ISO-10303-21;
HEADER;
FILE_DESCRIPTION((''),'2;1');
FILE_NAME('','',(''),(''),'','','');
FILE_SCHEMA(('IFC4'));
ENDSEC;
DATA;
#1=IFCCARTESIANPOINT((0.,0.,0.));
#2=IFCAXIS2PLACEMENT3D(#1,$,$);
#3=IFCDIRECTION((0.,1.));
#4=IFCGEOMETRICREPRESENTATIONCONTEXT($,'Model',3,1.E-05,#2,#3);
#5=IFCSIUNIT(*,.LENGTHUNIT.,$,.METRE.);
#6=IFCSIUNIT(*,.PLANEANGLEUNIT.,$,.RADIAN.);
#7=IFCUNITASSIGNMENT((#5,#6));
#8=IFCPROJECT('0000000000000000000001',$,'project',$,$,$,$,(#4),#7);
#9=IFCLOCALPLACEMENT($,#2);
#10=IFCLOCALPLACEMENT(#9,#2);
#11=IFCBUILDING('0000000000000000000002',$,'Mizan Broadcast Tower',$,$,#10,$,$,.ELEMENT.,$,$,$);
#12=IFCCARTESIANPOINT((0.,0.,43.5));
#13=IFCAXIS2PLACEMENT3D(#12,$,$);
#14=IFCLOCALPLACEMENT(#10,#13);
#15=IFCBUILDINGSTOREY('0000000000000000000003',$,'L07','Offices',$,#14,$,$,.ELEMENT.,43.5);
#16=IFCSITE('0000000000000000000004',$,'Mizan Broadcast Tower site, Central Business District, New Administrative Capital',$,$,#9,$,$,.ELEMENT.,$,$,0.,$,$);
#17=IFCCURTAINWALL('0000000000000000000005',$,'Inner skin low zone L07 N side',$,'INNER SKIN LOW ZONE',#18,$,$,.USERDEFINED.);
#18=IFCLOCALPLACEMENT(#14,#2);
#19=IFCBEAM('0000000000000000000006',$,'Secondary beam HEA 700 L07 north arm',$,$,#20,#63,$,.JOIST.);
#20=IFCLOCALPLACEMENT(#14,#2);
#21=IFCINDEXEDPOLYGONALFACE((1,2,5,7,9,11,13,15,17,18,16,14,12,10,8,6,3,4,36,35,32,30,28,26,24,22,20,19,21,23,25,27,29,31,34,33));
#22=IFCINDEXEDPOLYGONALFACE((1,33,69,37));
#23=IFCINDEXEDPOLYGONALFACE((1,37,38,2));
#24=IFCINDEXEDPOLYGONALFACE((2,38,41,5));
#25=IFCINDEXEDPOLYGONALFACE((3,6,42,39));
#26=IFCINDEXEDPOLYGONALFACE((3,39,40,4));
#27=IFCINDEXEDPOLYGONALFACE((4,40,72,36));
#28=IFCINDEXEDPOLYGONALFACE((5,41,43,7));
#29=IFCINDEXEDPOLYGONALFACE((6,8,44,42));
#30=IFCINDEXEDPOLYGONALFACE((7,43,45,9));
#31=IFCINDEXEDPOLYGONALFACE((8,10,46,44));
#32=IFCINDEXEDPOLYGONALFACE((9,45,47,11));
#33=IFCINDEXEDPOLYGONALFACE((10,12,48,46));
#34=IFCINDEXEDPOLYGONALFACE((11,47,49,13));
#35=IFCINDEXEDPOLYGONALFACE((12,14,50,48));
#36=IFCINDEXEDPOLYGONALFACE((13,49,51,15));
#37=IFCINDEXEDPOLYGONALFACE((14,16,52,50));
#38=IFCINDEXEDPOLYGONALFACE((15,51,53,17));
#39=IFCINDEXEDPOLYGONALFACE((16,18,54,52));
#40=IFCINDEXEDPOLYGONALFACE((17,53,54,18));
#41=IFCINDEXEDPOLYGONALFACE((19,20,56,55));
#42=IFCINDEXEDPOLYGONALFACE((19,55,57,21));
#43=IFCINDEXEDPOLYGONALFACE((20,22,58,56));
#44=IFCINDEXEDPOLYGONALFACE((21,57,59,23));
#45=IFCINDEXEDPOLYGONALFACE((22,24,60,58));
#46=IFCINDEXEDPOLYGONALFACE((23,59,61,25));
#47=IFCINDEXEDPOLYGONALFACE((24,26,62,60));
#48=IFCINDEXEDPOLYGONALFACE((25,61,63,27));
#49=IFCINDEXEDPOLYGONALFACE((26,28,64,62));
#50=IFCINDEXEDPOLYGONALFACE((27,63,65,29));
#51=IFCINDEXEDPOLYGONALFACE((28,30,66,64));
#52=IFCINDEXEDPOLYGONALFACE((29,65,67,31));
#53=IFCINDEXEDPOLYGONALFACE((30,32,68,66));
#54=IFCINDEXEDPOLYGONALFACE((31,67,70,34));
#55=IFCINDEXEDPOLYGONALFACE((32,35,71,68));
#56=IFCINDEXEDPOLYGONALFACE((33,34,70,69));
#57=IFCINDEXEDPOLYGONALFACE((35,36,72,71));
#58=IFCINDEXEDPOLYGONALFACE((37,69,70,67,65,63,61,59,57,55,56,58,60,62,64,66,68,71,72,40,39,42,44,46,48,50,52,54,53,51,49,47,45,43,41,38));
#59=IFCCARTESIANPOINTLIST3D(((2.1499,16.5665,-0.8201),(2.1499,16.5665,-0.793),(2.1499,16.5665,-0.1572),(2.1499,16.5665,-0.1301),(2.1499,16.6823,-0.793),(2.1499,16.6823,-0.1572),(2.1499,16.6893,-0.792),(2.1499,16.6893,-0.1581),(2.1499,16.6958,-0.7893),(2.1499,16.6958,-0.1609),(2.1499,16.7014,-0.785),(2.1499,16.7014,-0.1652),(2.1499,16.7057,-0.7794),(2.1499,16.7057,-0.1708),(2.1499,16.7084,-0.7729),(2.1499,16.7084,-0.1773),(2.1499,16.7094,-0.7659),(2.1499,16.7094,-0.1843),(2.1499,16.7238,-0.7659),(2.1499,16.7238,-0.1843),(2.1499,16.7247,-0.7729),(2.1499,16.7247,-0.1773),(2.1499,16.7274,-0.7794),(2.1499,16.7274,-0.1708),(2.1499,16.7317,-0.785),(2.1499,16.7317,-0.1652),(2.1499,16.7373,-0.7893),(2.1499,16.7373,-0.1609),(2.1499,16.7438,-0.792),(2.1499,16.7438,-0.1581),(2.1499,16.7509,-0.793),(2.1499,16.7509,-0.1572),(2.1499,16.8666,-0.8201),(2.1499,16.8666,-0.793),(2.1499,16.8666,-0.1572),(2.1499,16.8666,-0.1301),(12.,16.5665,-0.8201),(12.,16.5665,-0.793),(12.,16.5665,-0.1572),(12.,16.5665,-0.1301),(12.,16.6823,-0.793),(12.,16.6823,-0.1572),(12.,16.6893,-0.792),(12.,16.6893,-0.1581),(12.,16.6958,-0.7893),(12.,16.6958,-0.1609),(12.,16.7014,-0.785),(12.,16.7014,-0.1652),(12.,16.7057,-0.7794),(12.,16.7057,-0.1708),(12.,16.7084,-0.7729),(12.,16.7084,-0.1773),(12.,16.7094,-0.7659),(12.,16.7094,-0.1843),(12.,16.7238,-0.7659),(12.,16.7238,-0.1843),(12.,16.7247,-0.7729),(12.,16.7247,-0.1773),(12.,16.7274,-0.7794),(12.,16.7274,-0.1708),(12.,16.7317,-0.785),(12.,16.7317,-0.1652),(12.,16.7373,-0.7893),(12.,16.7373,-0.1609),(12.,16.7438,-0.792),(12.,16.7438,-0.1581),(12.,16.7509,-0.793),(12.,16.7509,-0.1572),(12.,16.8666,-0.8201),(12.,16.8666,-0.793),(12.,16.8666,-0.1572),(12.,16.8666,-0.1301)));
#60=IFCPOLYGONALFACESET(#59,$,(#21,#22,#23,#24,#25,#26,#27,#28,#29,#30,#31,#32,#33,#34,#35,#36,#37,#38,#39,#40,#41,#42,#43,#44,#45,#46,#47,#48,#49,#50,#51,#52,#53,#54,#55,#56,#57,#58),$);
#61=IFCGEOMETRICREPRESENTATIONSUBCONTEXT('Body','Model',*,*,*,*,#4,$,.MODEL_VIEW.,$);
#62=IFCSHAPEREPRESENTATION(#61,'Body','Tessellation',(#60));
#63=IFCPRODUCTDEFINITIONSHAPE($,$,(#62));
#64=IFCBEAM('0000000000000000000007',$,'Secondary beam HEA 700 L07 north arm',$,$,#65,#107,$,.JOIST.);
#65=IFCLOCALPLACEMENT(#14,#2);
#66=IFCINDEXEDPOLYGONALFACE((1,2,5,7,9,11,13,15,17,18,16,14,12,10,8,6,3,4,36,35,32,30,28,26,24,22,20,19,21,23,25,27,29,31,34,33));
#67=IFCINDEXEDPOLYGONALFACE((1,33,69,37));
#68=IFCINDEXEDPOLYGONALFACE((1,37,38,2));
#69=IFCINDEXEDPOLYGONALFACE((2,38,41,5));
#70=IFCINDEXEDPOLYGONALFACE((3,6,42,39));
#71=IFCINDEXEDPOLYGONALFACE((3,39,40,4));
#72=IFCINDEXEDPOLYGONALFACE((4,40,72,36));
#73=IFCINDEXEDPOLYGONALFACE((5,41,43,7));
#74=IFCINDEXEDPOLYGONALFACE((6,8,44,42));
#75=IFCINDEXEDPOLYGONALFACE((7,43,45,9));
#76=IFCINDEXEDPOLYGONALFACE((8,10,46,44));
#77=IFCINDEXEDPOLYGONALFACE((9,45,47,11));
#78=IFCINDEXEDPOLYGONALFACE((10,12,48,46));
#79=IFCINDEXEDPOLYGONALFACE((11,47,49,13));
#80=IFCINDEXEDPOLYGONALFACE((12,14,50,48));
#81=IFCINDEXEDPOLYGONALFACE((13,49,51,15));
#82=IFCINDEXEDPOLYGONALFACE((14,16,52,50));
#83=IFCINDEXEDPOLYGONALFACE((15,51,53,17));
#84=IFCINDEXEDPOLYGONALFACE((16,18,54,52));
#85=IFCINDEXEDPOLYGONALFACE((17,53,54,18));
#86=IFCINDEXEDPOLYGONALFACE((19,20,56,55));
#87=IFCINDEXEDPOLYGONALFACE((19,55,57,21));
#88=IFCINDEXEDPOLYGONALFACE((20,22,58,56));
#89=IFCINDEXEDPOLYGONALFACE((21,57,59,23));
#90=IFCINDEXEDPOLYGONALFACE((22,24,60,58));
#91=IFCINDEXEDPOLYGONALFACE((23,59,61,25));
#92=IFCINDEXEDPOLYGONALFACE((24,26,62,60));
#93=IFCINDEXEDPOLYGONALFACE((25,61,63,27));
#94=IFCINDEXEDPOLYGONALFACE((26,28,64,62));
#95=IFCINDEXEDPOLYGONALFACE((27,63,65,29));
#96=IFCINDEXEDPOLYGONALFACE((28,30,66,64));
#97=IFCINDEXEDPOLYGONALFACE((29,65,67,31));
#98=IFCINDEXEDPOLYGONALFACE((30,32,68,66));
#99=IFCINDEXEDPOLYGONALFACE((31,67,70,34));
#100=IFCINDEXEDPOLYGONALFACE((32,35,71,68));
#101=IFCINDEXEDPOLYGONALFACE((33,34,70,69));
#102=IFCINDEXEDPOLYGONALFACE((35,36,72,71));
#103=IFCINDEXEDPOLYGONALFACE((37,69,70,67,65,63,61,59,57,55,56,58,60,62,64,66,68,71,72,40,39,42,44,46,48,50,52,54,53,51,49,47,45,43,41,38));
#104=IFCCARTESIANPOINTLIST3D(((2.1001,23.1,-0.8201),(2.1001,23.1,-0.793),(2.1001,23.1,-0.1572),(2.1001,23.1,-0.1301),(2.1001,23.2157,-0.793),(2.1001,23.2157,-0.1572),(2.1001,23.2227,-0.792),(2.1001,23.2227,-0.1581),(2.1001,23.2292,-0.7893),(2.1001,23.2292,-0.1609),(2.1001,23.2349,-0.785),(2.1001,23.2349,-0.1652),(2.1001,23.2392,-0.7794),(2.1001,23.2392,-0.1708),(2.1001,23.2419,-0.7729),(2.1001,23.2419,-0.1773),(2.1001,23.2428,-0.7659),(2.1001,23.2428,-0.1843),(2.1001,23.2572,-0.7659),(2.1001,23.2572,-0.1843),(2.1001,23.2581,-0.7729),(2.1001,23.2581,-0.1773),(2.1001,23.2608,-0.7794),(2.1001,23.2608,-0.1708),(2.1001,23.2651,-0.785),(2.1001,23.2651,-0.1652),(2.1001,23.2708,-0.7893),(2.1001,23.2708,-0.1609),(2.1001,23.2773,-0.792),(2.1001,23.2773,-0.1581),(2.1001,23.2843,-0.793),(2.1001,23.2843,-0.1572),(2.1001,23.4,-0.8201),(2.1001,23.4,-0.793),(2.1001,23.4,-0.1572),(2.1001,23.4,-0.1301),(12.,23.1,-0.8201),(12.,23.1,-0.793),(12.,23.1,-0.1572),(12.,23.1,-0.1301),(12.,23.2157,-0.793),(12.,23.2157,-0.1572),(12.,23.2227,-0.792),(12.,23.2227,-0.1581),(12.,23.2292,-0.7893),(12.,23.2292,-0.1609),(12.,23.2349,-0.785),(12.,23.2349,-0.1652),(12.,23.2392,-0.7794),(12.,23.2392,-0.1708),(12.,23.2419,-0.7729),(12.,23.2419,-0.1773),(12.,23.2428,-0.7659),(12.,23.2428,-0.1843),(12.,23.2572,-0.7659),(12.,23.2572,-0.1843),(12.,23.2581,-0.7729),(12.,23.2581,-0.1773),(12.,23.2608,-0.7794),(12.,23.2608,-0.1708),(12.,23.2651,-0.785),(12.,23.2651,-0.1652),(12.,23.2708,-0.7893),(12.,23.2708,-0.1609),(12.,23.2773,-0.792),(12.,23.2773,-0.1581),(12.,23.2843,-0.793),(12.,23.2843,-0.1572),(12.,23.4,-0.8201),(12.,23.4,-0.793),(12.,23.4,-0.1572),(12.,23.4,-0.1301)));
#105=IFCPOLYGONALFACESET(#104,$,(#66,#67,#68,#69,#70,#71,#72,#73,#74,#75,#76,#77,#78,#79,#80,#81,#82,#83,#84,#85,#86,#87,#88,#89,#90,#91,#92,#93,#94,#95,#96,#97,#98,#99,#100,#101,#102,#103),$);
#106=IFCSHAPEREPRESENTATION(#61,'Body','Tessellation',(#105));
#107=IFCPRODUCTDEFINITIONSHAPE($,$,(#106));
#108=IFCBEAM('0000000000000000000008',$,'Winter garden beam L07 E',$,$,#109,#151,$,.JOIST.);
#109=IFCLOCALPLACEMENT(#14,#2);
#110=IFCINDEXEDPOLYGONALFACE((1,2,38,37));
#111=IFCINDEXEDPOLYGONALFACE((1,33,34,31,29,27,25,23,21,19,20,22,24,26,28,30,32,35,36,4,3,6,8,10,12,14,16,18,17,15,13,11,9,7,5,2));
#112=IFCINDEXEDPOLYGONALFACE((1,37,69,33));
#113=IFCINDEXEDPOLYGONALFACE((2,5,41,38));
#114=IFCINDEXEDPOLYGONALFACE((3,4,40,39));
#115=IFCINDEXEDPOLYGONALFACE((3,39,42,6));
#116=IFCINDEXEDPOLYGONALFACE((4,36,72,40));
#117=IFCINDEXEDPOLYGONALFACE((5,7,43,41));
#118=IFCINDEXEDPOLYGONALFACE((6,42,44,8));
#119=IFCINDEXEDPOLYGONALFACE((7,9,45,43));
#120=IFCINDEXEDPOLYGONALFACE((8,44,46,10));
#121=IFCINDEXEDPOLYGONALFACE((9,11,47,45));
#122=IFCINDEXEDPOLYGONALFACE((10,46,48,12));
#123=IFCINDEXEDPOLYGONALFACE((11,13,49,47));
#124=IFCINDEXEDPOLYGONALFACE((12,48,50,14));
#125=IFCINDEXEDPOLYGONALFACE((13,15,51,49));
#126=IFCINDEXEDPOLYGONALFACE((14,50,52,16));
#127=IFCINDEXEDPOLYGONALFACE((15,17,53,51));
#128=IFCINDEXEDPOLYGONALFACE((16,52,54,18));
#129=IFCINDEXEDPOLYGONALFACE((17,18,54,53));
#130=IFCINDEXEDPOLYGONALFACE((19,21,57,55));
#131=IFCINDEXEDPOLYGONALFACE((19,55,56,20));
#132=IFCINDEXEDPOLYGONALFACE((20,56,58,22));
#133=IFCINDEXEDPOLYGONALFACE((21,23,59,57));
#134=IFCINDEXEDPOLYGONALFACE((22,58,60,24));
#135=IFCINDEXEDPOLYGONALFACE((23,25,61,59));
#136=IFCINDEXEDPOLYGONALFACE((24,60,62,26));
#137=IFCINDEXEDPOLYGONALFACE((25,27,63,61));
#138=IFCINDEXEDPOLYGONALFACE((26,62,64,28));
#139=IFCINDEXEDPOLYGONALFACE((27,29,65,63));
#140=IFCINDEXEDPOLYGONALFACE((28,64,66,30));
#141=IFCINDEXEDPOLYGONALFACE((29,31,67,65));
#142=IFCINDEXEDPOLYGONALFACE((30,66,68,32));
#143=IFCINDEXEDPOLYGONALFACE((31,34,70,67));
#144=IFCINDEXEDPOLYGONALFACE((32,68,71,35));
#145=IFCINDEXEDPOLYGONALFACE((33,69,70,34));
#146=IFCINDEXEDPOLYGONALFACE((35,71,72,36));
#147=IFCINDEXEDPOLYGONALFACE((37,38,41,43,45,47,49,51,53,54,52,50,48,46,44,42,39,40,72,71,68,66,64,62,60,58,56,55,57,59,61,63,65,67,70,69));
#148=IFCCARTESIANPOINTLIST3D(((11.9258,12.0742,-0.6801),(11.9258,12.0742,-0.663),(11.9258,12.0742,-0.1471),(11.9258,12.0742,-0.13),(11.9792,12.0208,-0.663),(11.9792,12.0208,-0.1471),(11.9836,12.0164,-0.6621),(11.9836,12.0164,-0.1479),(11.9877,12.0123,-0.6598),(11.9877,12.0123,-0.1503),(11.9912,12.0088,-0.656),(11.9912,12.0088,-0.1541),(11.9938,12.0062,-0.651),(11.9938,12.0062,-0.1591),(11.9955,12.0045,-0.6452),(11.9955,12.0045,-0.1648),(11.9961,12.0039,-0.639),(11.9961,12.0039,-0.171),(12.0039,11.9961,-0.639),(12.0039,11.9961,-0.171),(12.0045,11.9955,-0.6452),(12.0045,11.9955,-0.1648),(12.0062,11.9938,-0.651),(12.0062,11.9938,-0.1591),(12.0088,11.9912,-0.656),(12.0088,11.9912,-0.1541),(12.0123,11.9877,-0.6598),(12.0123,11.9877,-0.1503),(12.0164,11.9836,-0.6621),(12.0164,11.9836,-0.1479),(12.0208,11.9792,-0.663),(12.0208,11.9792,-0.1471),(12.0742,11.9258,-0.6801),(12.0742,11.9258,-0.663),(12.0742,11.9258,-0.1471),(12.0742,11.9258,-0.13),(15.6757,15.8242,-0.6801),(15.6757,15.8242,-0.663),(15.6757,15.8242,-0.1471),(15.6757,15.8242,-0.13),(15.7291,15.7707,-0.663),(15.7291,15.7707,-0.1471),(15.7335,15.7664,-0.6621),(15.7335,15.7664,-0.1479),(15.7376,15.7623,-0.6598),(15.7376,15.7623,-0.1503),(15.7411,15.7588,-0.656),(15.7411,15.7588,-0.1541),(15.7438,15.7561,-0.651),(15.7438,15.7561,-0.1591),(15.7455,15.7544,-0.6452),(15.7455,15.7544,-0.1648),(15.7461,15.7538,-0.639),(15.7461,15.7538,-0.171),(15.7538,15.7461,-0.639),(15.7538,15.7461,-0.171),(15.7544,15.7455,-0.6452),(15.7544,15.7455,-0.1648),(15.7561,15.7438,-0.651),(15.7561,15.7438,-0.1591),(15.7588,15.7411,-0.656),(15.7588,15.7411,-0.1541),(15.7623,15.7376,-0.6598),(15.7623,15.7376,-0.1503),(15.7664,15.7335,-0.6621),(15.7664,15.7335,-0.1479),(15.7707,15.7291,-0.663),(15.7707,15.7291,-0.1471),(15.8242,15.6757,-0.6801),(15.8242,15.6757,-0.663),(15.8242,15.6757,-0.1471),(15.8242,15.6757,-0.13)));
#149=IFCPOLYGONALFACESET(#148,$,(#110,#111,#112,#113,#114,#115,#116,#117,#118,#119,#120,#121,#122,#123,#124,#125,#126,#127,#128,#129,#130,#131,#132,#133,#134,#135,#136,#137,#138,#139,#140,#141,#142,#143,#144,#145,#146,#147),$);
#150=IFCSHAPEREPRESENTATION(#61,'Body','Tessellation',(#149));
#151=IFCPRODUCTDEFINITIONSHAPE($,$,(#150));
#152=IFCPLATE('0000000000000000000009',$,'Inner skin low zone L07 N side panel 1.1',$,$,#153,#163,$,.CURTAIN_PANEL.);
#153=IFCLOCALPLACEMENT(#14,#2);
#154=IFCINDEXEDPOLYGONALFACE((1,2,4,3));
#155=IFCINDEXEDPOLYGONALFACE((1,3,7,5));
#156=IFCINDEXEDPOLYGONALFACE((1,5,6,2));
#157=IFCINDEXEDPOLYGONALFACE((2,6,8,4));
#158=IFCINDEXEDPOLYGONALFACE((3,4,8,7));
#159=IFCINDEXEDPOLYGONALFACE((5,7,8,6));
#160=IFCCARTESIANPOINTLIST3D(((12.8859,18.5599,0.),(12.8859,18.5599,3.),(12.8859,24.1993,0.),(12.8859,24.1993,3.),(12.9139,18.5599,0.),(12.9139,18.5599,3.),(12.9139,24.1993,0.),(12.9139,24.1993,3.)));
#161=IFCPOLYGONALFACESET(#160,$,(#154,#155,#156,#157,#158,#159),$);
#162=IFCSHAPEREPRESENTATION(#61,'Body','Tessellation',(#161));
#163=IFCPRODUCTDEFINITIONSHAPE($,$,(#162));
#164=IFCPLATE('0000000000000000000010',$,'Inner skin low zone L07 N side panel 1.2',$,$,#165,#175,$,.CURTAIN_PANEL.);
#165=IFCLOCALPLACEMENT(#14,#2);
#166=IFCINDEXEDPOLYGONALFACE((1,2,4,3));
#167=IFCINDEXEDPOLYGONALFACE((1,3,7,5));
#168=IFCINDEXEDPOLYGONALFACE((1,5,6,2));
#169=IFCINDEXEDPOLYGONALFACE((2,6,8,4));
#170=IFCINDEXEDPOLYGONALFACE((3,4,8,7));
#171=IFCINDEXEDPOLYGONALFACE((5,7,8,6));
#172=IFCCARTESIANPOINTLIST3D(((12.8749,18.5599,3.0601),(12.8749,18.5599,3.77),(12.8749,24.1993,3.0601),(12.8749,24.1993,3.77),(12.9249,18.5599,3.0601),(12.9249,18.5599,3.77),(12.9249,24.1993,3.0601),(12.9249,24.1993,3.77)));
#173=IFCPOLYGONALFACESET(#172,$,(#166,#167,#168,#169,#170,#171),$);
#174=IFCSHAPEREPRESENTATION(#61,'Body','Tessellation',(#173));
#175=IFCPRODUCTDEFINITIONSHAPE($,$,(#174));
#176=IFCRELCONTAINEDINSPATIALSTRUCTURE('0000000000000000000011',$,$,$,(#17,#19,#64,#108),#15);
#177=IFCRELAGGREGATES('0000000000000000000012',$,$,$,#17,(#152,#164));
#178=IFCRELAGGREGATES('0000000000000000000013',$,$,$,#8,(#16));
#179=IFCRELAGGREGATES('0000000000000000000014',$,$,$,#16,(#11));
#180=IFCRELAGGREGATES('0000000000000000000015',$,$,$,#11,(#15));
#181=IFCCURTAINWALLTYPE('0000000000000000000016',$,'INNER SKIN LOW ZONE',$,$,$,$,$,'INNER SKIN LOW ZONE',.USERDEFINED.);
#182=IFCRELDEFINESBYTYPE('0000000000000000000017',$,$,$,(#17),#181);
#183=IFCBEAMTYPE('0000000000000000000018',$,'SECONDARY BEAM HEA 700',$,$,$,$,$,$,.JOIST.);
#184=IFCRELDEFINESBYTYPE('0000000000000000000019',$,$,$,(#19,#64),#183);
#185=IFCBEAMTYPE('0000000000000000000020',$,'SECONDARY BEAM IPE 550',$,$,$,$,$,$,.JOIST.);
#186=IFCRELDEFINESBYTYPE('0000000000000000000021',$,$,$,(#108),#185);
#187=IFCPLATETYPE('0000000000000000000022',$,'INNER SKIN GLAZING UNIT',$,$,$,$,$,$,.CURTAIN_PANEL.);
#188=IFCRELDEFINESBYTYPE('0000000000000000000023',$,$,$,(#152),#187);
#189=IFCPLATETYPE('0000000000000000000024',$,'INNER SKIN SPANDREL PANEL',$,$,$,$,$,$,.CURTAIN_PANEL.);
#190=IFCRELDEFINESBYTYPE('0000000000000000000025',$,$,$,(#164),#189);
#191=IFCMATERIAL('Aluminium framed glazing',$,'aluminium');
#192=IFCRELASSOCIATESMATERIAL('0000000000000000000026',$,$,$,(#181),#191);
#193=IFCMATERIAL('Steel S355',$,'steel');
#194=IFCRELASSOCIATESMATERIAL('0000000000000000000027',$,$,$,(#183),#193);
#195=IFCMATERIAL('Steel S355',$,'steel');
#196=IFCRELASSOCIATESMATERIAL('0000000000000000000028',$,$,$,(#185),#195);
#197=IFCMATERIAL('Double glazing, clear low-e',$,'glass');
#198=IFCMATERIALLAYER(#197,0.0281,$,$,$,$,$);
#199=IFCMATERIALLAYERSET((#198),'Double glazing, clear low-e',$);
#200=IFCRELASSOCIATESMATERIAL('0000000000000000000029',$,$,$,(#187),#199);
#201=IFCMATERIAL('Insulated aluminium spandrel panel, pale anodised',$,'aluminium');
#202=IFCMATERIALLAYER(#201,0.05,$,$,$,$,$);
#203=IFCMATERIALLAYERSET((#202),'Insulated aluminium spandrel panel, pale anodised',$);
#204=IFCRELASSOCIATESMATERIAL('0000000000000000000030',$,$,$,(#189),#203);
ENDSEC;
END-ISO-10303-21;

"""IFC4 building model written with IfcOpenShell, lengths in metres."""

from ifc_helpers import new_model, si_unit, direction, frame, origin, origin_2d, place, context, subcontext, project, spatial, rectangle, i_section, extrude, material, layer, layer_set, material_profile, profile_set, type_object, element, aggregate, save


model = new_model("IFC4")

# Units and contexts
model_context = context("Model", 3, precision=1e-05, world=origin(), true_north=direction((0.0, 1.0)))
body_context = subcontext(model_context, "Body", "Model", "MODEL_VIEW")
ifc_project = project(units=[si_unit("LENGTHUNIT", "METRE"), si_unit("PLANEANGLEUNIT", "RADIAN")], contexts=[model_context])

# Site, building, storey
site_placement = place(None, origin())
site = spatial("IfcSite", under=ifc_project, at=site_placement, Name="Mizan Broadcast Tower site, Central Business District, New Administrative Capital", CompositionType="ELEMENT", RefElevation=0.0)
building_placement = place(site_placement, origin())
building = spatial("IfcBuilding", under=site, at=building_placement, Name="Mizan Broadcast Tower", CompositionType="ELEMENT")
storey_placement = place(building_placement, frame((0.0, 0.0, 43.5)))
storey = spatial("IfcBuildingStorey", under=building, at=storey_placement, Name="L07", Description="Offices", CompositionType="ELEMENT", Elevation=43.5)

# Curtain wall
ifc_material_1 = material(Name="Aluminium framed glazing", Category="aluminium")
curtain_wall_type_1 = type_object("IfcCurtainWallType", Name="INNER SKIN LOW ZONE", ElementType="INNER SKIN LOW ZONE", PredefinedType="USERDEFINED", material=ifc_material_1)
curtain_wall_1_placement = place(storey_placement, origin())
curtain_wall_1 = element("IfcCurtainWall", 1, at=curtain_wall_1_placement, inside=storey, type_object=curtain_wall_type_1, Name="Inner skin low zone L07 N side", ObjectType="INNER SKIN LOW ZONE", PredefinedType="USERDEFINED")

# Beams
ifc_material_2 = material(Name="Steel S355", Category="steel")
ifc_material_profile_1 = material_profile(ifc_material_2, i_section(OverallWidth=0.3, OverallDepth=0.6899, WebThickness=0.0144, FlangeThickness=0.0271, FilletRadius=0.0271, at=origin_2d()), Name="HEA 700")
ifc_profile_set_1 = profile_set([ifc_material_profile_1], Name="Steel S355")
beam_type_1 = type_object("IfcBeamType", Name="SECONDARY BEAM HEA 700", PredefinedType="JOIST", material=ifc_profile_set_1)
for number, where, z_axis, x_axis, name in (
    (2, (12.0, 16.7166, -0.4751), (-1.0, 0.0, 0.0), (0.0, -1.0, 0.0), "Secondary beam HEA 700 L07 north arm"),
):
    element("IfcBeam", number, at=place(storey_placement, frame(where, z_axis=z_axis, x_axis=x_axis)), inside=storey, type_object=beam_type_1, Name=name, PredefinedType="JOIST", context=body_context, shape_type="SweptSolid", body=[
        extrude(i_section(OverallWidth=0.3, OverallDepth=0.6899, WebThickness=0.0144, FlangeThickness=0.0271, FilletRadius=0.0271, at=origin_2d()), origin(), (0.0, 0.0, 1.0), 9.8501),
    ])
beam_1_placement = place(storey_placement, frame((12.0, 23.25, -0.4751), z_axis=(-1.0, 0.0, 0.0), x_axis=(0.0, -1.0, 0.0)))
element("IfcBeam", 3, at=beam_1_placement, inside=storey, type_object=beam_type_1, Name="Secondary beam HEA 700 L07 north arm", PredefinedType="JOIST", context=body_context, shape_type="SweptSolid", body=[
    extrude(i_section(OverallWidth=0.3, OverallDepth=0.6899, WebThickness=0.0144, FlangeThickness=0.0271, FilletRadius=0.0271, at=origin_2d()), origin(), (0.0, 0.0, 1.0), 9.8999),
])
ifc_material_3 = material(Name="Steel S355", Category="steel")
ifc_material_profile_2 = material_profile(ifc_material_3, i_section(OverallWidth=0.21, OverallDepth=0.55, WebThickness=0.011, FlangeThickness=0.0171, FilletRadius=0.0239, at=origin_2d()), Name="IPE 550")
ifc_profile_set_2 = profile_set([ifc_material_profile_2], Name="Steel S355")
beam_type_2 = type_object("IfcBeamType", Name="SECONDARY BEAM IPE 550", PredefinedType="JOIST", material=ifc_profile_set_2)
beam_2_placement = place(storey_placement, frame((12.0, 12.0, -0.405), z_axis=(0.707107, 0.707107, 0.0), x_axis=(-0.707107, 0.707107, 0.0)))
element("IfcBeam", 4, at=beam_2_placement, inside=storey, type_object=beam_type_2, Name="Winter garden beam L07 E", PredefinedType="JOIST", context=body_context, shape_type="SweptSolid", body=[
    extrude(i_section(OverallWidth=0.21, OverallDepth=0.55, WebThickness=0.011, FlangeThickness=0.0171, FilletRadius=0.0239, at=origin_2d()), origin(), (0.0, 0.0, 1.0), 5.3032),
])

# Plates
ifc_material_4 = material(Name="Double glazing, clear low-e", Category="glass")
ifc_layer_1 = layer(ifc_material_4, 0.0281)
ifc_layer_set_1 = layer_set([ifc_layer_1], Name="Double glazing, clear low-e")
plate_type_1 = type_object("IfcPlateType", Name="INNER SKIN GLAZING UNIT", PredefinedType="CURTAIN_PANEL", material=ifc_layer_set_1)
plate_1_placement = place(storey_placement, frame((12.8999, 21.3796, 0.0), z_axis=(0.0, 0.0, 1.0), x_axis=(0.0, 1.0, 0.0)))
plate_1 = element("IfcPlate", 5, at=plate_1_placement, type_object=plate_type_1, Name="Inner skin low zone L07 N side panel 1.1", PredefinedType="CURTAIN_PANEL", context=body_context, shape_type="SweptSolid", body=[
    extrude(rectangle(XDim=5.6394, YDim=0.0281, at=origin_2d()), origin(), (0.0, 0.0, 1.0), 3.0),
])
ifc_material_5 = material(Name="Insulated aluminium spandrel panel, pale anodised", Category="aluminium")
ifc_layer_2 = layer(ifc_material_5, 0.05)
ifc_layer_set_2 = layer_set([ifc_layer_2], Name="Insulated aluminium spandrel panel, pale anodised")
plate_type_2 = type_object("IfcPlateType", Name="INNER SKIN SPANDREL PANEL", PredefinedType="CURTAIN_PANEL", material=ifc_layer_set_2)
plate_2_placement = place(storey_placement, frame((12.8999, 21.3796, 3.0601), z_axis=(0.0, 0.0, 1.0), x_axis=(0.0, 1.0, 0.0)))
plate_2 = element("IfcPlate", 6, at=plate_2_placement, type_object=plate_type_2, Name="Inner skin low zone L07 N side panel 1.2", PredefinedType="CURTAIN_PANEL", context=body_context, shape_type="SweptSolid", body=[
    extrude(rectangle(XDim=5.6394, YDim=0.05, at=origin_2d()), origin(), (0.0, 0.0, 1.0), 0.71),
])
aggregate(curtain_wall_1, [plate_1, plate_2])

save(model, "model.ifc")
